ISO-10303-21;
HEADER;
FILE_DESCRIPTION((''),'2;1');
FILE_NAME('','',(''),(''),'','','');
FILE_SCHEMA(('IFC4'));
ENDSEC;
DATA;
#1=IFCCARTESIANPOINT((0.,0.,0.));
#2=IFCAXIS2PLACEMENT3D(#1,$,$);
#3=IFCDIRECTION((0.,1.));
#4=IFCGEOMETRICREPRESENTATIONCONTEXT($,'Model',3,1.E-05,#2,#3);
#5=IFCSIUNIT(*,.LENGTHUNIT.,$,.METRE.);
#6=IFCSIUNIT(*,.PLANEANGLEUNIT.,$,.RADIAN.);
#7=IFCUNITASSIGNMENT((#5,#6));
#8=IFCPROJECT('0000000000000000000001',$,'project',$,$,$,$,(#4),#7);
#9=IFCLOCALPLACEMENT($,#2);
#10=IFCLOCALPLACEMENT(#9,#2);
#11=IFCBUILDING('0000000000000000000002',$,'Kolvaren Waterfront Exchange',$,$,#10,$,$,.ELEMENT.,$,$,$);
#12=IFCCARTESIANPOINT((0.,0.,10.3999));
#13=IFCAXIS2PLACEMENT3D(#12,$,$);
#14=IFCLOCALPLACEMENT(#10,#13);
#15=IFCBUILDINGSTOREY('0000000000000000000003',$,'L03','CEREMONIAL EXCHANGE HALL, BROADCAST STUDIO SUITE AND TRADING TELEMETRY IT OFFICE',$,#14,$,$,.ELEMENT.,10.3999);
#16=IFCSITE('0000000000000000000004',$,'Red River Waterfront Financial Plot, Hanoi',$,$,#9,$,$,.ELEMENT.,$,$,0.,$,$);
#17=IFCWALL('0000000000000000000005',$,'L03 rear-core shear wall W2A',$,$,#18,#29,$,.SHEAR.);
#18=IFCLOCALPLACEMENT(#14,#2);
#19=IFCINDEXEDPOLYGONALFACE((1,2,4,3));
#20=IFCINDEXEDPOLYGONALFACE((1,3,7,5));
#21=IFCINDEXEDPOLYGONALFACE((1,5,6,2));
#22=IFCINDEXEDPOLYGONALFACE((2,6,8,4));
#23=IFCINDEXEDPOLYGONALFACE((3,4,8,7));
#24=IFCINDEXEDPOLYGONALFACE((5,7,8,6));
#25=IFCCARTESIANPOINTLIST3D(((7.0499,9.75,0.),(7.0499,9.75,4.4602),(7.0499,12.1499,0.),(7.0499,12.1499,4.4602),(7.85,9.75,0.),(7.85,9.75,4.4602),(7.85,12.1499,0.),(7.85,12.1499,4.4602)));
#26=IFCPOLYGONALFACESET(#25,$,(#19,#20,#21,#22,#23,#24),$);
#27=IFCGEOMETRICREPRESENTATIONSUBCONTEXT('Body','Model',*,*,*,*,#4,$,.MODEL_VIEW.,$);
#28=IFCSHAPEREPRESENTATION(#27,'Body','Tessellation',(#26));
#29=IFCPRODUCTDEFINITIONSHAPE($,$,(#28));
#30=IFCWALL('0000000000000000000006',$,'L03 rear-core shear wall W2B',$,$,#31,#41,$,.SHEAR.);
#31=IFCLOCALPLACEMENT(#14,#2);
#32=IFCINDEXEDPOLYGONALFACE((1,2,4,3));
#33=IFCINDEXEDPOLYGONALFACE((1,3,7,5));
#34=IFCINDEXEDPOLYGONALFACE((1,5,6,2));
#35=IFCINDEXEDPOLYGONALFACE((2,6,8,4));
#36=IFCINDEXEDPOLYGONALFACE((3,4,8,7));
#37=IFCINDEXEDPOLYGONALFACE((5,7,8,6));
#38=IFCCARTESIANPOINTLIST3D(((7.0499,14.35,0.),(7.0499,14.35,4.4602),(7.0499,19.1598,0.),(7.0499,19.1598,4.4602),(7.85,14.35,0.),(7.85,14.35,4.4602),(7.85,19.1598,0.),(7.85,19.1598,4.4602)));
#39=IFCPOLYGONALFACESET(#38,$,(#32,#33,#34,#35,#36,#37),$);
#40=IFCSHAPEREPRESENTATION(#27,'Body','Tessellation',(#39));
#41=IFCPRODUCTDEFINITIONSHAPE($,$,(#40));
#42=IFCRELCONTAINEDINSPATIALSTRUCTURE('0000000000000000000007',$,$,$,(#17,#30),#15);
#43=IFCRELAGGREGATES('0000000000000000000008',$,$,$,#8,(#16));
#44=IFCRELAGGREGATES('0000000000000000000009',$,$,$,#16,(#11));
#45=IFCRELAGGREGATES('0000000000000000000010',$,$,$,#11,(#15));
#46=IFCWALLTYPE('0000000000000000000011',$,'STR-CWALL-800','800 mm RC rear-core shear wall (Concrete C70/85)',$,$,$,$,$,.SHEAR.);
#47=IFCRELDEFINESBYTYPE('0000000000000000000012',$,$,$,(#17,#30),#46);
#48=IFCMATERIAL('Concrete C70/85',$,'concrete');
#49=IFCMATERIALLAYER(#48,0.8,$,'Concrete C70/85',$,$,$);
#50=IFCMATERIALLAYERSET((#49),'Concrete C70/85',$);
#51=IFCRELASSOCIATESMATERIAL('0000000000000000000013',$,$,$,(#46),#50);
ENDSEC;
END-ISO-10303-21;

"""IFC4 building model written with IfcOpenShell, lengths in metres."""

from ifc_helpers import new_model, si_unit, direction, frame, frame_2d, origin, place, context, subcontext, project, spatial, rectangle, extrude, material, layer, layer_set, type_object, element, save


model = new_model("IFC4")

# Units and contexts
model_context = context("Model", 3, precision=1e-05, world=origin(), true_north=direction((0.0, 1.0)))
body_context = subcontext(model_context, "Body", "Model", "MODEL_VIEW")
ifc_project = project(units=[si_unit("LENGTHUNIT", "METRE"), si_unit("PLANEANGLEUNIT", "RADIAN")], contexts=[model_context])

# Site, building, storey
site_placement = place(None, origin())
site = spatial("IfcSite", under=ifc_project, at=site_placement, Name="Red River Waterfront Financial Plot, Hanoi", CompositionType="ELEMENT", RefElevation=0.0)
building_placement = place(site_placement, origin())
building = spatial("IfcBuilding", under=site, at=building_placement, Name="Kolvaren Waterfront Exchange", CompositionType="ELEMENT")
storey_placement = place(building_placement, frame((0.0, 0.0, 10.3999)))
storey = spatial("IfcBuildingStorey", under=building, at=storey_placement, Name="L03", Description="CEREMONIAL EXCHANGE HALL, BROADCAST STUDIO SUITE AND TRADING TELEMETRY IT OFFICE", CompositionType="ELEMENT", Elevation=10.3999)

# Shared definitions
ifc_material_1 = material(Name="Concrete C70/85", Category="concrete")

# Walls
ifc_layer_1 = layer(ifc_material_1, 0.8, Name="Concrete C70/85")
ifc_layer_set_1 = layer_set([ifc_layer_1], Name="Concrete C70/85")
wall_type_1 = type_object("IfcWallType", Name="STR-CWALL-800", Description="800 mm RC rear-core shear wall (Concrete C70/85)", PredefinedType="SHEAR", material=ifc_layer_set_1)
wall_1_placement = place(storey_placement, frame((7.45, 9.75, 0.0), z_axis=(0.0, 0.0, 1.0), x_axis=(0.0, 1.0, 0.0)))
element("IfcWall", 1, at=wall_1_placement, inside=storey, type_object=wall_type_1, Name="L03 rear-core shear wall W2A", PredefinedType="SHEAR", context=body_context, shape_type="SweptSolid", body=[
    extrude(rectangle(XDim=2.3999, YDim=0.8, at=frame_2d((1.2, 0.0))), origin(), (0.0, 0.0, 1.0), 4.4602),
])
wall_2_placement = place(storey_placement, frame((7.45, 14.3501, 0.0), z_axis=(0.0, 0.0, 1.0), x_axis=(0.0, 1.0, 0.0)))
element("IfcWall", 2, at=wall_2_placement, inside=storey, type_object=wall_type_1, Name="L03 rear-core shear wall W2B", PredefinedType="SHEAR", context=body_context, shape_type="SweptSolid", body=[
    extrude(rectangle(XDim=4.8098, YDim=0.8, at=frame_2d((2.4048, 0.0))), origin(), (0.0, 0.0, 1.0), 4.4602),
])

save(model, "model.ifc")
